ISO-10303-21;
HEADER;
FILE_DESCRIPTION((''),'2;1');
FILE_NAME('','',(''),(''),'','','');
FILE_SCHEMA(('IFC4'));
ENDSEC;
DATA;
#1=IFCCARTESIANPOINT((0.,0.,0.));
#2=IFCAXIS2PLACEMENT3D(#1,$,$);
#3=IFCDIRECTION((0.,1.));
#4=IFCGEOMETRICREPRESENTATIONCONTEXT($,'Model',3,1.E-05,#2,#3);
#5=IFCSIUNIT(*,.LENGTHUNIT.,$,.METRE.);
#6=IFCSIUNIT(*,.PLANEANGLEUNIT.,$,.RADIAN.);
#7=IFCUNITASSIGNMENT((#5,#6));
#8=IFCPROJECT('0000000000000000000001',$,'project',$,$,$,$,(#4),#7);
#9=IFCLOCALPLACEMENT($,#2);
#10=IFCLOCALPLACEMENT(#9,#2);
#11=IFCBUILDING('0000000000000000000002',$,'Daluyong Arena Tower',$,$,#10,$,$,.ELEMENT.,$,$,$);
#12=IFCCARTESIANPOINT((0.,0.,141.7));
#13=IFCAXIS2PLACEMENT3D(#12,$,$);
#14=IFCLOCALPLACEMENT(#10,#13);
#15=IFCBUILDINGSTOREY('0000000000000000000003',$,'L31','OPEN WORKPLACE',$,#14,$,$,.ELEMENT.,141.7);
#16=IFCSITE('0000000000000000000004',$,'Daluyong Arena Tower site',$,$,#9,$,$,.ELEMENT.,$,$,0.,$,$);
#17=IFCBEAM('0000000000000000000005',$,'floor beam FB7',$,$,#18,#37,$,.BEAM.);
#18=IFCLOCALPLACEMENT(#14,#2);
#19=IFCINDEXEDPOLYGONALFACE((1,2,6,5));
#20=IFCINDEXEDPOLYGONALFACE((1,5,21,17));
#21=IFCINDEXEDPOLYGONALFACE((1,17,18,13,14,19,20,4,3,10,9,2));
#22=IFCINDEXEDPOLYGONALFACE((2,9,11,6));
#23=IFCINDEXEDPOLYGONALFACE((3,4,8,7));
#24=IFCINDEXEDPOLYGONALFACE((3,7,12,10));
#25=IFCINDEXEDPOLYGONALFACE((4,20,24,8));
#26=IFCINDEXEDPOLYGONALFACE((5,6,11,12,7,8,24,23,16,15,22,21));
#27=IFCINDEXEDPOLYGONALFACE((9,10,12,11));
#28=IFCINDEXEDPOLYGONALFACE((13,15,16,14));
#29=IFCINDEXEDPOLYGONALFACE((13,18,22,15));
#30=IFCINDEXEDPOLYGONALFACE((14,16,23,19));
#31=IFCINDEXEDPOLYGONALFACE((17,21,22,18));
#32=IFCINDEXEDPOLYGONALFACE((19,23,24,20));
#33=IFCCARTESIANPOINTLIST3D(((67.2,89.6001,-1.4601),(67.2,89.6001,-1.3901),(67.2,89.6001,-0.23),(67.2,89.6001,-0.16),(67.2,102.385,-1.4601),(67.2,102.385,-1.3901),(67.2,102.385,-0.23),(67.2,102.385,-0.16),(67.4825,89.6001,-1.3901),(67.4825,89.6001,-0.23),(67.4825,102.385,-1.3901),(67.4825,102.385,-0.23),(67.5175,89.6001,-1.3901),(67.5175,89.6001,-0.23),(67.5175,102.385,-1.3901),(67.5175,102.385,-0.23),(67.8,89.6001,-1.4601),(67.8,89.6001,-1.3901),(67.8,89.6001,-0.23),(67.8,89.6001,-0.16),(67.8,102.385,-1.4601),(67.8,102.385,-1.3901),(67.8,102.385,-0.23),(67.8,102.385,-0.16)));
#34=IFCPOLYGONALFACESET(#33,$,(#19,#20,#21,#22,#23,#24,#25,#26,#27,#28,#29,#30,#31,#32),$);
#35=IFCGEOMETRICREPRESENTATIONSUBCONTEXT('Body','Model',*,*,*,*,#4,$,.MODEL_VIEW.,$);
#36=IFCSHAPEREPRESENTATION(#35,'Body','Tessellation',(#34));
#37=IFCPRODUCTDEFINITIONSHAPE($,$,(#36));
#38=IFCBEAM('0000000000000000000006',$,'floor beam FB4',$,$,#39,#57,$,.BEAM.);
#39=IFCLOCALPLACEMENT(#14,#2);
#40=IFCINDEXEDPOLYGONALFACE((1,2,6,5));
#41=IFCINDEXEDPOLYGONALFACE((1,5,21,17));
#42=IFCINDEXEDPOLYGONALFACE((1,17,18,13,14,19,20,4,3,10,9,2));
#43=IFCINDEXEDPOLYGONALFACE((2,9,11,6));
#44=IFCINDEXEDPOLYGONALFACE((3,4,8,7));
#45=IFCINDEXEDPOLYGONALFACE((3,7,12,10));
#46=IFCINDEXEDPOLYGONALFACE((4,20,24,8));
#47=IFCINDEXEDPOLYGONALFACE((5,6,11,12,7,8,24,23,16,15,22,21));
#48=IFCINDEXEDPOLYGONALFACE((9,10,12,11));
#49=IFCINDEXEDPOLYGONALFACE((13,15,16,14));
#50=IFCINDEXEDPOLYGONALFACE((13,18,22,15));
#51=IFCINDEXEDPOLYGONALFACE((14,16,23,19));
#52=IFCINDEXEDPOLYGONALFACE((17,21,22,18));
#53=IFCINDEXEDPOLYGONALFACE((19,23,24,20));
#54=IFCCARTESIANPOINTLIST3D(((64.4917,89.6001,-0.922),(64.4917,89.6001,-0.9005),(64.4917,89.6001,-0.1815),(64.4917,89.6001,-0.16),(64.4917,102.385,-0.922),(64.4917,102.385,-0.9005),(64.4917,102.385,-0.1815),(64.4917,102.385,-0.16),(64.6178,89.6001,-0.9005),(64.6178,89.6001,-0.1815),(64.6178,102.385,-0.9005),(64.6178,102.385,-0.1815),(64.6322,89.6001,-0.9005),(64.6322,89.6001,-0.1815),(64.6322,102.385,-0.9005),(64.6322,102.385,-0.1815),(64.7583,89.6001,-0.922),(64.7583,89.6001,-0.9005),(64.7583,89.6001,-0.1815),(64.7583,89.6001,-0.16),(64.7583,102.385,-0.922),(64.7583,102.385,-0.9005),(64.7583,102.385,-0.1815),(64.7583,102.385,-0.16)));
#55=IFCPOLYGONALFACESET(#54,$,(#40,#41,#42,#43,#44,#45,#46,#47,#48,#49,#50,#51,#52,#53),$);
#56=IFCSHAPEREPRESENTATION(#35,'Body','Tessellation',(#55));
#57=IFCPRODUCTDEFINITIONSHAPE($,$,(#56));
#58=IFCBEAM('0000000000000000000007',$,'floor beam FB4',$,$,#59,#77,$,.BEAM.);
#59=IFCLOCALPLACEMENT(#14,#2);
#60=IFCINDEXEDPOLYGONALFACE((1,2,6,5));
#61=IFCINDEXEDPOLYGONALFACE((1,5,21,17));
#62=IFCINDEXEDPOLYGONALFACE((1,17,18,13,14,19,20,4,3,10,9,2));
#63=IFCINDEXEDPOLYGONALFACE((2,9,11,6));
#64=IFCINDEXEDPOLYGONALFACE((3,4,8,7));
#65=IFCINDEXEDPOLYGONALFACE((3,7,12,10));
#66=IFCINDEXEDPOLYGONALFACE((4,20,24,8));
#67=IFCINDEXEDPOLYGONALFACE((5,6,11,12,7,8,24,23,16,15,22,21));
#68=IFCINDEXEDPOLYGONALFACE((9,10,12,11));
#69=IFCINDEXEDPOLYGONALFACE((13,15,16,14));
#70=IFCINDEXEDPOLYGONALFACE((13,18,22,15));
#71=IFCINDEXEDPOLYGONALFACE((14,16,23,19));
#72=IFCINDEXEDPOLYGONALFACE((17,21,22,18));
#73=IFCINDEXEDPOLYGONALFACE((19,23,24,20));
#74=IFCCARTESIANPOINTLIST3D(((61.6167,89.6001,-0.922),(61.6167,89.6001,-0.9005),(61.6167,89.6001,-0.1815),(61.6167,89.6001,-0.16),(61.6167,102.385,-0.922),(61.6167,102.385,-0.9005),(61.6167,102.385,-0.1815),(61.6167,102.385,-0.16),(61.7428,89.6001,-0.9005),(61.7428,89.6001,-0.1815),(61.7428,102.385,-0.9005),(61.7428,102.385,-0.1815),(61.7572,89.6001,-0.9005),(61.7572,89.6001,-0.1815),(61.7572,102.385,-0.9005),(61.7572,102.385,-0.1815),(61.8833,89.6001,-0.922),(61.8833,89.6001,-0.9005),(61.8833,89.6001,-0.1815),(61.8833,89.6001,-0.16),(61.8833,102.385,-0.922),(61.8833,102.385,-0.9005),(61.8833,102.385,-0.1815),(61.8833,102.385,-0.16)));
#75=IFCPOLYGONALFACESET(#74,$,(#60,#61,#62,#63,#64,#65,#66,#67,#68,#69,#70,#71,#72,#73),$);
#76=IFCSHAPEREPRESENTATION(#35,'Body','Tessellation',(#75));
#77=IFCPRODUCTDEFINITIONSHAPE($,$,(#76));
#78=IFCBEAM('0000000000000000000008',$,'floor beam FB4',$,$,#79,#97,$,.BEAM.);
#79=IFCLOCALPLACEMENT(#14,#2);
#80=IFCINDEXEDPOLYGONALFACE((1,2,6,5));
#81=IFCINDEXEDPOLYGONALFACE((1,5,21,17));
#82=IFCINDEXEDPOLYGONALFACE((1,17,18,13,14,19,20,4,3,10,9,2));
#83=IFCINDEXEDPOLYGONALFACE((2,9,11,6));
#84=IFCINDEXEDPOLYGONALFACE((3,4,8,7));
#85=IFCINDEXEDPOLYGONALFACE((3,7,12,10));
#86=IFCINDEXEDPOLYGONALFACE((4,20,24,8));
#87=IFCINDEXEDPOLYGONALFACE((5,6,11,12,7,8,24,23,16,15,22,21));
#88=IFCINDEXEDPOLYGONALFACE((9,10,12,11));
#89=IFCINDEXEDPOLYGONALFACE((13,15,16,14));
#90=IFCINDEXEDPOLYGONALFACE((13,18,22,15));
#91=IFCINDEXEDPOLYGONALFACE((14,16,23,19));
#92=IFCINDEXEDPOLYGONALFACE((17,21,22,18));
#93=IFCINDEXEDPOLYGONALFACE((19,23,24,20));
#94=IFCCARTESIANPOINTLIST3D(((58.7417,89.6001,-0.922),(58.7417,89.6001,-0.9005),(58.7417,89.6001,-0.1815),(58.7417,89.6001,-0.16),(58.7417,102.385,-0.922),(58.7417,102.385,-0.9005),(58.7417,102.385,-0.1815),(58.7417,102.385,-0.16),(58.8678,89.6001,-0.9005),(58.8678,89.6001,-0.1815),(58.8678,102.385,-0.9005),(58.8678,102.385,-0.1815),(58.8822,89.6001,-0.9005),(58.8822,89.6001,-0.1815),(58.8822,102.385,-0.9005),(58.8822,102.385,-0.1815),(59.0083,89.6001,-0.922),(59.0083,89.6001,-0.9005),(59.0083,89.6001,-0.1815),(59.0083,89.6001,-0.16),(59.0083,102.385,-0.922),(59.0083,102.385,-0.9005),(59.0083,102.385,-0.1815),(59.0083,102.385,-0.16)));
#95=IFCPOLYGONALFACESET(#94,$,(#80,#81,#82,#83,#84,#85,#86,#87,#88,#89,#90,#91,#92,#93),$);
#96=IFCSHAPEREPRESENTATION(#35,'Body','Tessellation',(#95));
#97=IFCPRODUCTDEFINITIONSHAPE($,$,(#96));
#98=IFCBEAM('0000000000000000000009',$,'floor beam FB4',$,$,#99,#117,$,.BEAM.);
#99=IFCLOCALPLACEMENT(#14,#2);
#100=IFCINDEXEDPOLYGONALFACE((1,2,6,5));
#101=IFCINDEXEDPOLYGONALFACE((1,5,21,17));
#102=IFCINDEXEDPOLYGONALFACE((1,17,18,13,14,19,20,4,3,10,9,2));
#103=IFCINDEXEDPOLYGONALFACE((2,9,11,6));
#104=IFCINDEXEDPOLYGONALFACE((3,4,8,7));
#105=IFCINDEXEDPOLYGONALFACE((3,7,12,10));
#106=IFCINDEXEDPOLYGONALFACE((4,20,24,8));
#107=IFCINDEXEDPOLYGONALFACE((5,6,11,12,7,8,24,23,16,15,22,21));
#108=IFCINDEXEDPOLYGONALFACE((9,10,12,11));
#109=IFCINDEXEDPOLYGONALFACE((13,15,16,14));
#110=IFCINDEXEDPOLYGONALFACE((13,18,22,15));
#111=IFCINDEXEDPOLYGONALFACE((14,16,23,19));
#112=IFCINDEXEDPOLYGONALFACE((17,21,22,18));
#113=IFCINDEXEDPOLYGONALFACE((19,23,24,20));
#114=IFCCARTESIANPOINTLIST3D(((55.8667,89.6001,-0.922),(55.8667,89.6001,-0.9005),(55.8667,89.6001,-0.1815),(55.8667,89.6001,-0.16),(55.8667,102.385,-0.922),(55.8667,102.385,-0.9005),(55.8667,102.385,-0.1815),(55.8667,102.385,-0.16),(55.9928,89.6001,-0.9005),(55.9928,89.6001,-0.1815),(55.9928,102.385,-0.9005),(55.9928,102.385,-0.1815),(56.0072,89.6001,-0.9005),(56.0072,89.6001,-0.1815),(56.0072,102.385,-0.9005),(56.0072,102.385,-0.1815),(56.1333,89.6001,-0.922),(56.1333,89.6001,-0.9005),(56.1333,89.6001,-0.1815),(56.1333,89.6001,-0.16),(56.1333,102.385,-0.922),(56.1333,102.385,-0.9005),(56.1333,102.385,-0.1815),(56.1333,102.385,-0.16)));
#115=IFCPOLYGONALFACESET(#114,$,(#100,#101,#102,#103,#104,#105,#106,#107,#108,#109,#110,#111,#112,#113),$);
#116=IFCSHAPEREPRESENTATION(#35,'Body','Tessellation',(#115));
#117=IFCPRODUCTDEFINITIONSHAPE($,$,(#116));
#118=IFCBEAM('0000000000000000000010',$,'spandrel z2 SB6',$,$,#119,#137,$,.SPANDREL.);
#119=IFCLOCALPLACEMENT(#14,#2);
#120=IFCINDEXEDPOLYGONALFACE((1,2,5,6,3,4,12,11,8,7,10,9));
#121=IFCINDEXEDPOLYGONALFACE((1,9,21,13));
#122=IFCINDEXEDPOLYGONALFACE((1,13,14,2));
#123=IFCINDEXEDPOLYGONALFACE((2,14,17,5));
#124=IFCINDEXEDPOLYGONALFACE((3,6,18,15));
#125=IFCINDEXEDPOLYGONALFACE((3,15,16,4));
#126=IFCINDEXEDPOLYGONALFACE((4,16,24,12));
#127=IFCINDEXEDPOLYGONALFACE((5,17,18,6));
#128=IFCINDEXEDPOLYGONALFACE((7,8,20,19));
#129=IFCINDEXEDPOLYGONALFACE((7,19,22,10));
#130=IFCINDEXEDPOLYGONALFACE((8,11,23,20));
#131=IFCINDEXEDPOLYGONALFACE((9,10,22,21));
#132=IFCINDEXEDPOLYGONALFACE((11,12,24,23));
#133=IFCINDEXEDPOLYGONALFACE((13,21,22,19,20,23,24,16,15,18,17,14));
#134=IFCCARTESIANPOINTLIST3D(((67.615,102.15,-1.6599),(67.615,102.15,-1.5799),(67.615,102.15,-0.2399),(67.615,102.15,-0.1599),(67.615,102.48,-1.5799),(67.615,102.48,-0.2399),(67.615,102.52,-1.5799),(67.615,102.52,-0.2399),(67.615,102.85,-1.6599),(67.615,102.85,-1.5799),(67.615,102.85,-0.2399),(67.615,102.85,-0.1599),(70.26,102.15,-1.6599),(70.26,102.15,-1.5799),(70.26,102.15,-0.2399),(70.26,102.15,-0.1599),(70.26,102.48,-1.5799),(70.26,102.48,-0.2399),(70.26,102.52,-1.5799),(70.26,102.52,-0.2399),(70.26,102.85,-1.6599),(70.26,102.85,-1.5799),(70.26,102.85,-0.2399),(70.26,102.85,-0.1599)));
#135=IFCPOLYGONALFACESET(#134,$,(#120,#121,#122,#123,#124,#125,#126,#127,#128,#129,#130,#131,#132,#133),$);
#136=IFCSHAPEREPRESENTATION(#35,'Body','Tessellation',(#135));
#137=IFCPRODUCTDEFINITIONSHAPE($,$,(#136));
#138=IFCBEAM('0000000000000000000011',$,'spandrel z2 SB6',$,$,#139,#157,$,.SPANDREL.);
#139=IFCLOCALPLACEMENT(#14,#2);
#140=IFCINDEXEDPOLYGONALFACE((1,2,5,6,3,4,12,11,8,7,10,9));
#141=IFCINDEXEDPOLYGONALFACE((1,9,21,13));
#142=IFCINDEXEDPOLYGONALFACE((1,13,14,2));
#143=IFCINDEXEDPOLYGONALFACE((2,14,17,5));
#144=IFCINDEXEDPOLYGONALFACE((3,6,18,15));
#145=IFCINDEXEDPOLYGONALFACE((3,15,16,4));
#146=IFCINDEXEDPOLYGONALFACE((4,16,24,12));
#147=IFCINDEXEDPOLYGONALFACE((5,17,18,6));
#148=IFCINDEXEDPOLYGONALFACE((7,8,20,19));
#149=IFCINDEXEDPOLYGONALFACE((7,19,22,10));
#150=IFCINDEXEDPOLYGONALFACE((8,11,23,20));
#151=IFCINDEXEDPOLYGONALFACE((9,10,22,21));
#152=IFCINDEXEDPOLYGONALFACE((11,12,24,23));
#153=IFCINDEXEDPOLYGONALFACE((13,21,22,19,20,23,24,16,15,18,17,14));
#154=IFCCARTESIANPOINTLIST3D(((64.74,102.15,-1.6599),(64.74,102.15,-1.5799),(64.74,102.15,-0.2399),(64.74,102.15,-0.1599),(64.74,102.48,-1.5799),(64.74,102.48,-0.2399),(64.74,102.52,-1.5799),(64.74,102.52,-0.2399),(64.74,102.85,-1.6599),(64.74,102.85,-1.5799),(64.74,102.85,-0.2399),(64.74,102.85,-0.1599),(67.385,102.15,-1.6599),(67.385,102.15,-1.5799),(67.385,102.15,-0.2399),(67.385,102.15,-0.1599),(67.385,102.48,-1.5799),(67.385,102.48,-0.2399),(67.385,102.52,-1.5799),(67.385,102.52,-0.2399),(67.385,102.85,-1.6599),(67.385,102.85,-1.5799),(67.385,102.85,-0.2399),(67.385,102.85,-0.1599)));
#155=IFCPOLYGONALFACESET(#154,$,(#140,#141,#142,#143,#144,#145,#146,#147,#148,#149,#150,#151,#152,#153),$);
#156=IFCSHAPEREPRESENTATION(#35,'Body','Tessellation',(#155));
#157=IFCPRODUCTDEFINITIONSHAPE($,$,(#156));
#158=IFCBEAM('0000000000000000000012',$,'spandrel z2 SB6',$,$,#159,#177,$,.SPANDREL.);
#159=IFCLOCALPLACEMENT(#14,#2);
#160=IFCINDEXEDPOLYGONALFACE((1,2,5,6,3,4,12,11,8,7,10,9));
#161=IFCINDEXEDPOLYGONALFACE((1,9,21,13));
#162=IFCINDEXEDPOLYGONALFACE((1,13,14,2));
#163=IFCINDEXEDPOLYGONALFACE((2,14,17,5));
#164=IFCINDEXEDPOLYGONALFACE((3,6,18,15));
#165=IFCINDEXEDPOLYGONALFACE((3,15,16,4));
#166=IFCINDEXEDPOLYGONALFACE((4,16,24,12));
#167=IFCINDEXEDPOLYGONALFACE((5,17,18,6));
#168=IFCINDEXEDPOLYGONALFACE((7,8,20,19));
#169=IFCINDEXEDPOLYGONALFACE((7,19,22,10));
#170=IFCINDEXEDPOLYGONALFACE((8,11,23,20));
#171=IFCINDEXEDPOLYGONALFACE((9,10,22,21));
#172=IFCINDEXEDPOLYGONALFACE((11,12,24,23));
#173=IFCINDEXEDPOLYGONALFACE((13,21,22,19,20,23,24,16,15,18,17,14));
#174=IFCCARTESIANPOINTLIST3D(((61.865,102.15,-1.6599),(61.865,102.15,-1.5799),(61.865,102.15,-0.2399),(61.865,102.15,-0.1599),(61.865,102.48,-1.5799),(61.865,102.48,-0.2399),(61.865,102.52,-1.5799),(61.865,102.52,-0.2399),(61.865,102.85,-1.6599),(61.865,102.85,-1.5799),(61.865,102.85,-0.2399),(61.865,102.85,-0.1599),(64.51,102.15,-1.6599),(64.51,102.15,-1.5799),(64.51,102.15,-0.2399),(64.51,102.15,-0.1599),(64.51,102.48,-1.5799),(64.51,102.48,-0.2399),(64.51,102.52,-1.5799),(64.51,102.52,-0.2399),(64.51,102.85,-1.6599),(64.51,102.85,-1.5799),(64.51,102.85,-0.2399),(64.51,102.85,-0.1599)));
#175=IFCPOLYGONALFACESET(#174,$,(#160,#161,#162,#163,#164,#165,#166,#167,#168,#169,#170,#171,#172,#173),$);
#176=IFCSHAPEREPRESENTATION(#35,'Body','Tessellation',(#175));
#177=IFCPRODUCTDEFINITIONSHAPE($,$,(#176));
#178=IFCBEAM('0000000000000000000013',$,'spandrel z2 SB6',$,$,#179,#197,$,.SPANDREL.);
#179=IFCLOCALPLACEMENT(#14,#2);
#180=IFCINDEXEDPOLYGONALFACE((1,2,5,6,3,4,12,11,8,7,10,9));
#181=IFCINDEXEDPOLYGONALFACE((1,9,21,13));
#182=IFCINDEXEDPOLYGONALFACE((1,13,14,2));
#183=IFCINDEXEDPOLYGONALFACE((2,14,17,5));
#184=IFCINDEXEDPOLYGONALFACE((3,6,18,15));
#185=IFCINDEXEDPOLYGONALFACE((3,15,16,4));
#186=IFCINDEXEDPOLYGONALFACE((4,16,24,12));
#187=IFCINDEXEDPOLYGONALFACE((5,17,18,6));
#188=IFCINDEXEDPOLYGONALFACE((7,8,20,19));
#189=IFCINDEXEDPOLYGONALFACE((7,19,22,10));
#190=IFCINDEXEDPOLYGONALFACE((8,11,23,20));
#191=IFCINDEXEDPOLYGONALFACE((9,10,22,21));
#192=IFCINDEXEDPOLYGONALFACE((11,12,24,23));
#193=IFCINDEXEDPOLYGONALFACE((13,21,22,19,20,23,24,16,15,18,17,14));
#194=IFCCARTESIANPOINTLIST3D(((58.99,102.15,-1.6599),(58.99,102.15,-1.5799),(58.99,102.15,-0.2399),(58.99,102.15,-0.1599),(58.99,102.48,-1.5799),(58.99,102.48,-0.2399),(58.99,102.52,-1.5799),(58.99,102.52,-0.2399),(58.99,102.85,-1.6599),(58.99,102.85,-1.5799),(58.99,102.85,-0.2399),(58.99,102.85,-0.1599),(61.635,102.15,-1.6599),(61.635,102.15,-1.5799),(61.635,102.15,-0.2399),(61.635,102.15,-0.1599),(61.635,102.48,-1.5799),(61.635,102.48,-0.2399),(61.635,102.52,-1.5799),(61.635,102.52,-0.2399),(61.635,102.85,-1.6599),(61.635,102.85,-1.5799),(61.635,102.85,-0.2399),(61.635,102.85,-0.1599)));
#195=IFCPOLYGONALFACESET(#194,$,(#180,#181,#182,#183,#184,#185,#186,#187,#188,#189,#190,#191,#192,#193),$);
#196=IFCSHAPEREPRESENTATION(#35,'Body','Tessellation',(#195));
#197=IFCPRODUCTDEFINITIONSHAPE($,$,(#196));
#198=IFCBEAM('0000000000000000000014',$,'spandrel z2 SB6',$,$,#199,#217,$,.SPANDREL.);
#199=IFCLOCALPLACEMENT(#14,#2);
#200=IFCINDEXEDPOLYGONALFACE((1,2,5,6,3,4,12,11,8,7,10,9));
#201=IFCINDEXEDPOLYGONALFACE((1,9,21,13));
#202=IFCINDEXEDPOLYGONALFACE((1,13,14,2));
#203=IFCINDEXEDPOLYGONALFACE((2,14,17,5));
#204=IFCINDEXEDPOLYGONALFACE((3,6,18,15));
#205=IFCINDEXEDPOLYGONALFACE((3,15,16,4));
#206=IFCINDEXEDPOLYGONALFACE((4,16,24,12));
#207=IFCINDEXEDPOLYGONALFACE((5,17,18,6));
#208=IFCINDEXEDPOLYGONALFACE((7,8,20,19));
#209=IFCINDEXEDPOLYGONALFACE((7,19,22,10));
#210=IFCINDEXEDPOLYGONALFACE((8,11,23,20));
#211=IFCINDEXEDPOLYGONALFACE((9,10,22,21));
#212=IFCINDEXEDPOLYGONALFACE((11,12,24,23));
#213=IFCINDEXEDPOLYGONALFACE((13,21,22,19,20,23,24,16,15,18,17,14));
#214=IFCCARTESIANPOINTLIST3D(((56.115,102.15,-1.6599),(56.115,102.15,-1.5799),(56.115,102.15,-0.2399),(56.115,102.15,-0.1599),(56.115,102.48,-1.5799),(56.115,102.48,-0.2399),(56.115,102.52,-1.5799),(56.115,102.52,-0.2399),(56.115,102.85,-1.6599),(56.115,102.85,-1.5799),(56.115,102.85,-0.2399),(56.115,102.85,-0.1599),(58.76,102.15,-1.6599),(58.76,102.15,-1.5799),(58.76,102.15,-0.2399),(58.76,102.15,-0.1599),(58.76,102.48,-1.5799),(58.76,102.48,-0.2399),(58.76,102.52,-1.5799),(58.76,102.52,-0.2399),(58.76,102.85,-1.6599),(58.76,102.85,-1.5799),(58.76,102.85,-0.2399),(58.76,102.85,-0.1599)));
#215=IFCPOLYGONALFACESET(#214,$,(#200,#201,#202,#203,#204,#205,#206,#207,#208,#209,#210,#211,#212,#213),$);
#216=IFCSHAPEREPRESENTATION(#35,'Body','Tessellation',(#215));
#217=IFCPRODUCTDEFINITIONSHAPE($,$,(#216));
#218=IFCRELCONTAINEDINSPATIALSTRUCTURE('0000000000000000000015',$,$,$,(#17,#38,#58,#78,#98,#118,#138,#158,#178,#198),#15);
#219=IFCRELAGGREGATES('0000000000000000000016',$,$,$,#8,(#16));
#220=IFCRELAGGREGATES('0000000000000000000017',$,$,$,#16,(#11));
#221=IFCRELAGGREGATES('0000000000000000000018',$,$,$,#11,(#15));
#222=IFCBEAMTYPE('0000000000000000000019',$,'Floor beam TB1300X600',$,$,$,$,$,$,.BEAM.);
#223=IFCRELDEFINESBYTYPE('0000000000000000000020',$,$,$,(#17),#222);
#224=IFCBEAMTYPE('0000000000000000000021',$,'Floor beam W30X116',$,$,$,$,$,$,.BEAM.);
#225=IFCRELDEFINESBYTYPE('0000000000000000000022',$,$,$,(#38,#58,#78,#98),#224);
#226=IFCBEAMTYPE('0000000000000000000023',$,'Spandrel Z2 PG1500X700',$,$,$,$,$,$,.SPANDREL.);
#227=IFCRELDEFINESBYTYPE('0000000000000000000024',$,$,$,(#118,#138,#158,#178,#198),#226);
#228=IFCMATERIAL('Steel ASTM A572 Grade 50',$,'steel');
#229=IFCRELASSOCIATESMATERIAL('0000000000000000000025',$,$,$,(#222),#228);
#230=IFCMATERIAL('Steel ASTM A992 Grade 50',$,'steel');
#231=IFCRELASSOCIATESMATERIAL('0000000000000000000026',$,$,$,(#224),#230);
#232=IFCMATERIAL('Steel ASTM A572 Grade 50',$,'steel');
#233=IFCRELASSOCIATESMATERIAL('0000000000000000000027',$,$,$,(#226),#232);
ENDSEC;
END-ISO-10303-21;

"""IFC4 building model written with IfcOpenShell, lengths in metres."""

from ifc_helpers import new_model, si_unit, direction, frame, origin, origin_2d, place, context, subcontext, project, spatial, i_section, extrude, material, material_profile, profile_set, type_object, element, save


model = new_model("IFC4")

# Units and contexts
model_context = context("Model", 3, precision=1e-05, world=origin(), true_north=direction((0.0, 1.0)))
body_context = subcontext(model_context, "Body", "Model", "MODEL_VIEW")
ifc_project = project(units=[si_unit("LENGTHUNIT", "METRE"), si_unit("PLANEANGLEUNIT", "RADIAN")], contexts=[model_context])

# Site, building, storey
site_placement = place(None, origin())
site = spatial("IfcSite", under=ifc_project, at=site_placement, Name="Daluyong Arena Tower site", CompositionType="ELEMENT", RefElevation=0.0)
building_placement = place(site_placement, origin())
building = spatial("IfcBuilding", under=site, at=building_placement, Name="Daluyong Arena Tower", CompositionType="ELEMENT")
storey_placement = place(building_placement, frame((0.0, 0.0, 141.7)))
storey = spatial("IfcBuildingStorey", under=building, at=storey_placement, Name="L31", Description="OPEN WORKPLACE", CompositionType="ELEMENT", Elevation=141.7)

# Beams
ifc_material_1 = material(Name="Steel ASTM A572 Grade 50", Category="steel")
ifc_material_profile_1 = material_profile(ifc_material_1, i_section(OverallWidth=0.6001, OverallDepth=1.3, WebThickness=0.035, FlangeThickness=0.07, at=origin_2d()))
ifc_profile_set_1 = profile_set([ifc_material_profile_1], Name="Steel ASTM A572 Grade 50")
beam_type_1 = type_object("IfcBeamType", Name="Floor beam TB1300X600", PredefinedType="BEAM", material=ifc_profile_set_1)
beam_placement = place(storey_placement, frame((67.5, 102.385, -0.8101), z_axis=(0.0, -1.0, 0.0), x_axis=(1.0, 0.0, 0.0)))
element("IfcBeam", 1, at=beam_placement, inside=storey, type_object=beam_type_1, Name="floor beam FB7", PredefinedType="BEAM", context=body_context, shape_type="SweptSolid", body=[
    extrude(i_section(OverallWidth=0.6001, OverallDepth=1.3, WebThickness=0.035, FlangeThickness=0.07, at=origin_2d()), origin(), (0.0, 0.0, 1.0), 12.7849),
])
ifc_material_2 = material(Name="Steel ASTM A992 Grade 50", Category="steel")
ifc_material_profile_2 = material_profile(ifc_material_2, i_section(OverallWidth=0.2666, OverallDepth=0.762, WebThickness=0.0144, FlangeThickness=0.0215, at=origin_2d()))
ifc_profile_set_2 = profile_set([ifc_material_profile_2], Name="Steel ASTM A992 Grade 50")
beam_type_2 = type_object("IfcBeamType", Name="Floor beam W30X116", PredefinedType="BEAM", material=ifc_profile_set_2)
for number, where, z_axis, x_axis, name in (
    (2, (64.625, 102.385, -0.541), (0.0, -1.0, 0.0), (1.0, 0.0, 0.0), "floor beam FB4"),
    (3, (61.75, 102.385, -0.541), (0.0, -1.0, 0.0), (1.0, 0.0, 0.0), "floor beam FB4"),
    (4, (58.875, 102.385, -0.541), (0.0, -1.0, 0.0), (1.0, 0.0, 0.0), "floor beam FB4"),
    (5, (56.0, 102.385, -0.541), (0.0, -1.0, 0.0), (1.0, 0.0, 0.0), "floor beam FB4"),
):
    element("IfcBeam", number, at=place(storey_placement, frame(where, z_axis=z_axis, x_axis=x_axis)), inside=storey, type_object=beam_type_2, Name=name, PredefinedType="BEAM", context=body_context, shape_type="SweptSolid", body=[
        extrude(i_section(OverallWidth=0.2666, OverallDepth=0.762, WebThickness=0.0144, FlangeThickness=0.0215, at=origin_2d()), origin(), (0.0, 0.0, 1.0), 12.7849),
    ])
ifc_material_3 = material(Name="Steel ASTM A572 Grade 50", Category="steel")
ifc_material_profile_3 = material_profile(ifc_material_3, i_section(OverallWidth=0.7, OverallDepth=1.5, WebThickness=0.04, FlangeThickness=0.08, at=origin_2d()))
ifc_profile_set_3 = profile_set([ifc_material_profile_3], Name="Steel ASTM A572 Grade 50")
beam_type_3 = type_object("IfcBeamType", Name="Spandrel Z2 PG1500X700", PredefinedType="SPANDREL", material=ifc_profile_set_3)
for number, where, z_axis, x_axis, name in (
    (6, (70.26, 102.5, -0.9099), (-1.0, 0.0, 0.0), (0.0, -1.0, 0.0), "spandrel z2 SB6"),
    (7, (67.385, 102.5, -0.9099), (-1.0, 0.0, 0.0), (0.0, -1.0, 0.0), "spandrel z2 SB6"),
    (8, (64.51, 102.5, -0.9099), (-1.0, 0.0, 0.0), (0.0, -1.0, 0.0), "spandrel z2 SB6"),
    (9, (61.635, 102.5, -0.9099), (-1.0, 0.0, 0.0), (0.0, -1.0, 0.0), "spandrel z2 SB6"),
    (10, (58.76, 102.5, -0.9099), (-1.0, 0.0, 0.0), (0.0, -1.0, 0.0), "spandrel z2 SB6"),
):
    element("IfcBeam", number, at=place(storey_placement, frame(where, z_axis=z_axis, x_axis=x_axis)), inside=storey, type_object=beam_type_3, Name=name, PredefinedType="SPANDREL", context=body_context, shape_type="SweptSolid", body=[
        extrude(i_section(OverallWidth=0.7, OverallDepth=1.5, WebThickness=0.04, FlangeThickness=0.08, at=origin_2d()), origin(), (0.0, 0.0, 1.0), 2.645),
    ])

save(model, "model.ifc")
